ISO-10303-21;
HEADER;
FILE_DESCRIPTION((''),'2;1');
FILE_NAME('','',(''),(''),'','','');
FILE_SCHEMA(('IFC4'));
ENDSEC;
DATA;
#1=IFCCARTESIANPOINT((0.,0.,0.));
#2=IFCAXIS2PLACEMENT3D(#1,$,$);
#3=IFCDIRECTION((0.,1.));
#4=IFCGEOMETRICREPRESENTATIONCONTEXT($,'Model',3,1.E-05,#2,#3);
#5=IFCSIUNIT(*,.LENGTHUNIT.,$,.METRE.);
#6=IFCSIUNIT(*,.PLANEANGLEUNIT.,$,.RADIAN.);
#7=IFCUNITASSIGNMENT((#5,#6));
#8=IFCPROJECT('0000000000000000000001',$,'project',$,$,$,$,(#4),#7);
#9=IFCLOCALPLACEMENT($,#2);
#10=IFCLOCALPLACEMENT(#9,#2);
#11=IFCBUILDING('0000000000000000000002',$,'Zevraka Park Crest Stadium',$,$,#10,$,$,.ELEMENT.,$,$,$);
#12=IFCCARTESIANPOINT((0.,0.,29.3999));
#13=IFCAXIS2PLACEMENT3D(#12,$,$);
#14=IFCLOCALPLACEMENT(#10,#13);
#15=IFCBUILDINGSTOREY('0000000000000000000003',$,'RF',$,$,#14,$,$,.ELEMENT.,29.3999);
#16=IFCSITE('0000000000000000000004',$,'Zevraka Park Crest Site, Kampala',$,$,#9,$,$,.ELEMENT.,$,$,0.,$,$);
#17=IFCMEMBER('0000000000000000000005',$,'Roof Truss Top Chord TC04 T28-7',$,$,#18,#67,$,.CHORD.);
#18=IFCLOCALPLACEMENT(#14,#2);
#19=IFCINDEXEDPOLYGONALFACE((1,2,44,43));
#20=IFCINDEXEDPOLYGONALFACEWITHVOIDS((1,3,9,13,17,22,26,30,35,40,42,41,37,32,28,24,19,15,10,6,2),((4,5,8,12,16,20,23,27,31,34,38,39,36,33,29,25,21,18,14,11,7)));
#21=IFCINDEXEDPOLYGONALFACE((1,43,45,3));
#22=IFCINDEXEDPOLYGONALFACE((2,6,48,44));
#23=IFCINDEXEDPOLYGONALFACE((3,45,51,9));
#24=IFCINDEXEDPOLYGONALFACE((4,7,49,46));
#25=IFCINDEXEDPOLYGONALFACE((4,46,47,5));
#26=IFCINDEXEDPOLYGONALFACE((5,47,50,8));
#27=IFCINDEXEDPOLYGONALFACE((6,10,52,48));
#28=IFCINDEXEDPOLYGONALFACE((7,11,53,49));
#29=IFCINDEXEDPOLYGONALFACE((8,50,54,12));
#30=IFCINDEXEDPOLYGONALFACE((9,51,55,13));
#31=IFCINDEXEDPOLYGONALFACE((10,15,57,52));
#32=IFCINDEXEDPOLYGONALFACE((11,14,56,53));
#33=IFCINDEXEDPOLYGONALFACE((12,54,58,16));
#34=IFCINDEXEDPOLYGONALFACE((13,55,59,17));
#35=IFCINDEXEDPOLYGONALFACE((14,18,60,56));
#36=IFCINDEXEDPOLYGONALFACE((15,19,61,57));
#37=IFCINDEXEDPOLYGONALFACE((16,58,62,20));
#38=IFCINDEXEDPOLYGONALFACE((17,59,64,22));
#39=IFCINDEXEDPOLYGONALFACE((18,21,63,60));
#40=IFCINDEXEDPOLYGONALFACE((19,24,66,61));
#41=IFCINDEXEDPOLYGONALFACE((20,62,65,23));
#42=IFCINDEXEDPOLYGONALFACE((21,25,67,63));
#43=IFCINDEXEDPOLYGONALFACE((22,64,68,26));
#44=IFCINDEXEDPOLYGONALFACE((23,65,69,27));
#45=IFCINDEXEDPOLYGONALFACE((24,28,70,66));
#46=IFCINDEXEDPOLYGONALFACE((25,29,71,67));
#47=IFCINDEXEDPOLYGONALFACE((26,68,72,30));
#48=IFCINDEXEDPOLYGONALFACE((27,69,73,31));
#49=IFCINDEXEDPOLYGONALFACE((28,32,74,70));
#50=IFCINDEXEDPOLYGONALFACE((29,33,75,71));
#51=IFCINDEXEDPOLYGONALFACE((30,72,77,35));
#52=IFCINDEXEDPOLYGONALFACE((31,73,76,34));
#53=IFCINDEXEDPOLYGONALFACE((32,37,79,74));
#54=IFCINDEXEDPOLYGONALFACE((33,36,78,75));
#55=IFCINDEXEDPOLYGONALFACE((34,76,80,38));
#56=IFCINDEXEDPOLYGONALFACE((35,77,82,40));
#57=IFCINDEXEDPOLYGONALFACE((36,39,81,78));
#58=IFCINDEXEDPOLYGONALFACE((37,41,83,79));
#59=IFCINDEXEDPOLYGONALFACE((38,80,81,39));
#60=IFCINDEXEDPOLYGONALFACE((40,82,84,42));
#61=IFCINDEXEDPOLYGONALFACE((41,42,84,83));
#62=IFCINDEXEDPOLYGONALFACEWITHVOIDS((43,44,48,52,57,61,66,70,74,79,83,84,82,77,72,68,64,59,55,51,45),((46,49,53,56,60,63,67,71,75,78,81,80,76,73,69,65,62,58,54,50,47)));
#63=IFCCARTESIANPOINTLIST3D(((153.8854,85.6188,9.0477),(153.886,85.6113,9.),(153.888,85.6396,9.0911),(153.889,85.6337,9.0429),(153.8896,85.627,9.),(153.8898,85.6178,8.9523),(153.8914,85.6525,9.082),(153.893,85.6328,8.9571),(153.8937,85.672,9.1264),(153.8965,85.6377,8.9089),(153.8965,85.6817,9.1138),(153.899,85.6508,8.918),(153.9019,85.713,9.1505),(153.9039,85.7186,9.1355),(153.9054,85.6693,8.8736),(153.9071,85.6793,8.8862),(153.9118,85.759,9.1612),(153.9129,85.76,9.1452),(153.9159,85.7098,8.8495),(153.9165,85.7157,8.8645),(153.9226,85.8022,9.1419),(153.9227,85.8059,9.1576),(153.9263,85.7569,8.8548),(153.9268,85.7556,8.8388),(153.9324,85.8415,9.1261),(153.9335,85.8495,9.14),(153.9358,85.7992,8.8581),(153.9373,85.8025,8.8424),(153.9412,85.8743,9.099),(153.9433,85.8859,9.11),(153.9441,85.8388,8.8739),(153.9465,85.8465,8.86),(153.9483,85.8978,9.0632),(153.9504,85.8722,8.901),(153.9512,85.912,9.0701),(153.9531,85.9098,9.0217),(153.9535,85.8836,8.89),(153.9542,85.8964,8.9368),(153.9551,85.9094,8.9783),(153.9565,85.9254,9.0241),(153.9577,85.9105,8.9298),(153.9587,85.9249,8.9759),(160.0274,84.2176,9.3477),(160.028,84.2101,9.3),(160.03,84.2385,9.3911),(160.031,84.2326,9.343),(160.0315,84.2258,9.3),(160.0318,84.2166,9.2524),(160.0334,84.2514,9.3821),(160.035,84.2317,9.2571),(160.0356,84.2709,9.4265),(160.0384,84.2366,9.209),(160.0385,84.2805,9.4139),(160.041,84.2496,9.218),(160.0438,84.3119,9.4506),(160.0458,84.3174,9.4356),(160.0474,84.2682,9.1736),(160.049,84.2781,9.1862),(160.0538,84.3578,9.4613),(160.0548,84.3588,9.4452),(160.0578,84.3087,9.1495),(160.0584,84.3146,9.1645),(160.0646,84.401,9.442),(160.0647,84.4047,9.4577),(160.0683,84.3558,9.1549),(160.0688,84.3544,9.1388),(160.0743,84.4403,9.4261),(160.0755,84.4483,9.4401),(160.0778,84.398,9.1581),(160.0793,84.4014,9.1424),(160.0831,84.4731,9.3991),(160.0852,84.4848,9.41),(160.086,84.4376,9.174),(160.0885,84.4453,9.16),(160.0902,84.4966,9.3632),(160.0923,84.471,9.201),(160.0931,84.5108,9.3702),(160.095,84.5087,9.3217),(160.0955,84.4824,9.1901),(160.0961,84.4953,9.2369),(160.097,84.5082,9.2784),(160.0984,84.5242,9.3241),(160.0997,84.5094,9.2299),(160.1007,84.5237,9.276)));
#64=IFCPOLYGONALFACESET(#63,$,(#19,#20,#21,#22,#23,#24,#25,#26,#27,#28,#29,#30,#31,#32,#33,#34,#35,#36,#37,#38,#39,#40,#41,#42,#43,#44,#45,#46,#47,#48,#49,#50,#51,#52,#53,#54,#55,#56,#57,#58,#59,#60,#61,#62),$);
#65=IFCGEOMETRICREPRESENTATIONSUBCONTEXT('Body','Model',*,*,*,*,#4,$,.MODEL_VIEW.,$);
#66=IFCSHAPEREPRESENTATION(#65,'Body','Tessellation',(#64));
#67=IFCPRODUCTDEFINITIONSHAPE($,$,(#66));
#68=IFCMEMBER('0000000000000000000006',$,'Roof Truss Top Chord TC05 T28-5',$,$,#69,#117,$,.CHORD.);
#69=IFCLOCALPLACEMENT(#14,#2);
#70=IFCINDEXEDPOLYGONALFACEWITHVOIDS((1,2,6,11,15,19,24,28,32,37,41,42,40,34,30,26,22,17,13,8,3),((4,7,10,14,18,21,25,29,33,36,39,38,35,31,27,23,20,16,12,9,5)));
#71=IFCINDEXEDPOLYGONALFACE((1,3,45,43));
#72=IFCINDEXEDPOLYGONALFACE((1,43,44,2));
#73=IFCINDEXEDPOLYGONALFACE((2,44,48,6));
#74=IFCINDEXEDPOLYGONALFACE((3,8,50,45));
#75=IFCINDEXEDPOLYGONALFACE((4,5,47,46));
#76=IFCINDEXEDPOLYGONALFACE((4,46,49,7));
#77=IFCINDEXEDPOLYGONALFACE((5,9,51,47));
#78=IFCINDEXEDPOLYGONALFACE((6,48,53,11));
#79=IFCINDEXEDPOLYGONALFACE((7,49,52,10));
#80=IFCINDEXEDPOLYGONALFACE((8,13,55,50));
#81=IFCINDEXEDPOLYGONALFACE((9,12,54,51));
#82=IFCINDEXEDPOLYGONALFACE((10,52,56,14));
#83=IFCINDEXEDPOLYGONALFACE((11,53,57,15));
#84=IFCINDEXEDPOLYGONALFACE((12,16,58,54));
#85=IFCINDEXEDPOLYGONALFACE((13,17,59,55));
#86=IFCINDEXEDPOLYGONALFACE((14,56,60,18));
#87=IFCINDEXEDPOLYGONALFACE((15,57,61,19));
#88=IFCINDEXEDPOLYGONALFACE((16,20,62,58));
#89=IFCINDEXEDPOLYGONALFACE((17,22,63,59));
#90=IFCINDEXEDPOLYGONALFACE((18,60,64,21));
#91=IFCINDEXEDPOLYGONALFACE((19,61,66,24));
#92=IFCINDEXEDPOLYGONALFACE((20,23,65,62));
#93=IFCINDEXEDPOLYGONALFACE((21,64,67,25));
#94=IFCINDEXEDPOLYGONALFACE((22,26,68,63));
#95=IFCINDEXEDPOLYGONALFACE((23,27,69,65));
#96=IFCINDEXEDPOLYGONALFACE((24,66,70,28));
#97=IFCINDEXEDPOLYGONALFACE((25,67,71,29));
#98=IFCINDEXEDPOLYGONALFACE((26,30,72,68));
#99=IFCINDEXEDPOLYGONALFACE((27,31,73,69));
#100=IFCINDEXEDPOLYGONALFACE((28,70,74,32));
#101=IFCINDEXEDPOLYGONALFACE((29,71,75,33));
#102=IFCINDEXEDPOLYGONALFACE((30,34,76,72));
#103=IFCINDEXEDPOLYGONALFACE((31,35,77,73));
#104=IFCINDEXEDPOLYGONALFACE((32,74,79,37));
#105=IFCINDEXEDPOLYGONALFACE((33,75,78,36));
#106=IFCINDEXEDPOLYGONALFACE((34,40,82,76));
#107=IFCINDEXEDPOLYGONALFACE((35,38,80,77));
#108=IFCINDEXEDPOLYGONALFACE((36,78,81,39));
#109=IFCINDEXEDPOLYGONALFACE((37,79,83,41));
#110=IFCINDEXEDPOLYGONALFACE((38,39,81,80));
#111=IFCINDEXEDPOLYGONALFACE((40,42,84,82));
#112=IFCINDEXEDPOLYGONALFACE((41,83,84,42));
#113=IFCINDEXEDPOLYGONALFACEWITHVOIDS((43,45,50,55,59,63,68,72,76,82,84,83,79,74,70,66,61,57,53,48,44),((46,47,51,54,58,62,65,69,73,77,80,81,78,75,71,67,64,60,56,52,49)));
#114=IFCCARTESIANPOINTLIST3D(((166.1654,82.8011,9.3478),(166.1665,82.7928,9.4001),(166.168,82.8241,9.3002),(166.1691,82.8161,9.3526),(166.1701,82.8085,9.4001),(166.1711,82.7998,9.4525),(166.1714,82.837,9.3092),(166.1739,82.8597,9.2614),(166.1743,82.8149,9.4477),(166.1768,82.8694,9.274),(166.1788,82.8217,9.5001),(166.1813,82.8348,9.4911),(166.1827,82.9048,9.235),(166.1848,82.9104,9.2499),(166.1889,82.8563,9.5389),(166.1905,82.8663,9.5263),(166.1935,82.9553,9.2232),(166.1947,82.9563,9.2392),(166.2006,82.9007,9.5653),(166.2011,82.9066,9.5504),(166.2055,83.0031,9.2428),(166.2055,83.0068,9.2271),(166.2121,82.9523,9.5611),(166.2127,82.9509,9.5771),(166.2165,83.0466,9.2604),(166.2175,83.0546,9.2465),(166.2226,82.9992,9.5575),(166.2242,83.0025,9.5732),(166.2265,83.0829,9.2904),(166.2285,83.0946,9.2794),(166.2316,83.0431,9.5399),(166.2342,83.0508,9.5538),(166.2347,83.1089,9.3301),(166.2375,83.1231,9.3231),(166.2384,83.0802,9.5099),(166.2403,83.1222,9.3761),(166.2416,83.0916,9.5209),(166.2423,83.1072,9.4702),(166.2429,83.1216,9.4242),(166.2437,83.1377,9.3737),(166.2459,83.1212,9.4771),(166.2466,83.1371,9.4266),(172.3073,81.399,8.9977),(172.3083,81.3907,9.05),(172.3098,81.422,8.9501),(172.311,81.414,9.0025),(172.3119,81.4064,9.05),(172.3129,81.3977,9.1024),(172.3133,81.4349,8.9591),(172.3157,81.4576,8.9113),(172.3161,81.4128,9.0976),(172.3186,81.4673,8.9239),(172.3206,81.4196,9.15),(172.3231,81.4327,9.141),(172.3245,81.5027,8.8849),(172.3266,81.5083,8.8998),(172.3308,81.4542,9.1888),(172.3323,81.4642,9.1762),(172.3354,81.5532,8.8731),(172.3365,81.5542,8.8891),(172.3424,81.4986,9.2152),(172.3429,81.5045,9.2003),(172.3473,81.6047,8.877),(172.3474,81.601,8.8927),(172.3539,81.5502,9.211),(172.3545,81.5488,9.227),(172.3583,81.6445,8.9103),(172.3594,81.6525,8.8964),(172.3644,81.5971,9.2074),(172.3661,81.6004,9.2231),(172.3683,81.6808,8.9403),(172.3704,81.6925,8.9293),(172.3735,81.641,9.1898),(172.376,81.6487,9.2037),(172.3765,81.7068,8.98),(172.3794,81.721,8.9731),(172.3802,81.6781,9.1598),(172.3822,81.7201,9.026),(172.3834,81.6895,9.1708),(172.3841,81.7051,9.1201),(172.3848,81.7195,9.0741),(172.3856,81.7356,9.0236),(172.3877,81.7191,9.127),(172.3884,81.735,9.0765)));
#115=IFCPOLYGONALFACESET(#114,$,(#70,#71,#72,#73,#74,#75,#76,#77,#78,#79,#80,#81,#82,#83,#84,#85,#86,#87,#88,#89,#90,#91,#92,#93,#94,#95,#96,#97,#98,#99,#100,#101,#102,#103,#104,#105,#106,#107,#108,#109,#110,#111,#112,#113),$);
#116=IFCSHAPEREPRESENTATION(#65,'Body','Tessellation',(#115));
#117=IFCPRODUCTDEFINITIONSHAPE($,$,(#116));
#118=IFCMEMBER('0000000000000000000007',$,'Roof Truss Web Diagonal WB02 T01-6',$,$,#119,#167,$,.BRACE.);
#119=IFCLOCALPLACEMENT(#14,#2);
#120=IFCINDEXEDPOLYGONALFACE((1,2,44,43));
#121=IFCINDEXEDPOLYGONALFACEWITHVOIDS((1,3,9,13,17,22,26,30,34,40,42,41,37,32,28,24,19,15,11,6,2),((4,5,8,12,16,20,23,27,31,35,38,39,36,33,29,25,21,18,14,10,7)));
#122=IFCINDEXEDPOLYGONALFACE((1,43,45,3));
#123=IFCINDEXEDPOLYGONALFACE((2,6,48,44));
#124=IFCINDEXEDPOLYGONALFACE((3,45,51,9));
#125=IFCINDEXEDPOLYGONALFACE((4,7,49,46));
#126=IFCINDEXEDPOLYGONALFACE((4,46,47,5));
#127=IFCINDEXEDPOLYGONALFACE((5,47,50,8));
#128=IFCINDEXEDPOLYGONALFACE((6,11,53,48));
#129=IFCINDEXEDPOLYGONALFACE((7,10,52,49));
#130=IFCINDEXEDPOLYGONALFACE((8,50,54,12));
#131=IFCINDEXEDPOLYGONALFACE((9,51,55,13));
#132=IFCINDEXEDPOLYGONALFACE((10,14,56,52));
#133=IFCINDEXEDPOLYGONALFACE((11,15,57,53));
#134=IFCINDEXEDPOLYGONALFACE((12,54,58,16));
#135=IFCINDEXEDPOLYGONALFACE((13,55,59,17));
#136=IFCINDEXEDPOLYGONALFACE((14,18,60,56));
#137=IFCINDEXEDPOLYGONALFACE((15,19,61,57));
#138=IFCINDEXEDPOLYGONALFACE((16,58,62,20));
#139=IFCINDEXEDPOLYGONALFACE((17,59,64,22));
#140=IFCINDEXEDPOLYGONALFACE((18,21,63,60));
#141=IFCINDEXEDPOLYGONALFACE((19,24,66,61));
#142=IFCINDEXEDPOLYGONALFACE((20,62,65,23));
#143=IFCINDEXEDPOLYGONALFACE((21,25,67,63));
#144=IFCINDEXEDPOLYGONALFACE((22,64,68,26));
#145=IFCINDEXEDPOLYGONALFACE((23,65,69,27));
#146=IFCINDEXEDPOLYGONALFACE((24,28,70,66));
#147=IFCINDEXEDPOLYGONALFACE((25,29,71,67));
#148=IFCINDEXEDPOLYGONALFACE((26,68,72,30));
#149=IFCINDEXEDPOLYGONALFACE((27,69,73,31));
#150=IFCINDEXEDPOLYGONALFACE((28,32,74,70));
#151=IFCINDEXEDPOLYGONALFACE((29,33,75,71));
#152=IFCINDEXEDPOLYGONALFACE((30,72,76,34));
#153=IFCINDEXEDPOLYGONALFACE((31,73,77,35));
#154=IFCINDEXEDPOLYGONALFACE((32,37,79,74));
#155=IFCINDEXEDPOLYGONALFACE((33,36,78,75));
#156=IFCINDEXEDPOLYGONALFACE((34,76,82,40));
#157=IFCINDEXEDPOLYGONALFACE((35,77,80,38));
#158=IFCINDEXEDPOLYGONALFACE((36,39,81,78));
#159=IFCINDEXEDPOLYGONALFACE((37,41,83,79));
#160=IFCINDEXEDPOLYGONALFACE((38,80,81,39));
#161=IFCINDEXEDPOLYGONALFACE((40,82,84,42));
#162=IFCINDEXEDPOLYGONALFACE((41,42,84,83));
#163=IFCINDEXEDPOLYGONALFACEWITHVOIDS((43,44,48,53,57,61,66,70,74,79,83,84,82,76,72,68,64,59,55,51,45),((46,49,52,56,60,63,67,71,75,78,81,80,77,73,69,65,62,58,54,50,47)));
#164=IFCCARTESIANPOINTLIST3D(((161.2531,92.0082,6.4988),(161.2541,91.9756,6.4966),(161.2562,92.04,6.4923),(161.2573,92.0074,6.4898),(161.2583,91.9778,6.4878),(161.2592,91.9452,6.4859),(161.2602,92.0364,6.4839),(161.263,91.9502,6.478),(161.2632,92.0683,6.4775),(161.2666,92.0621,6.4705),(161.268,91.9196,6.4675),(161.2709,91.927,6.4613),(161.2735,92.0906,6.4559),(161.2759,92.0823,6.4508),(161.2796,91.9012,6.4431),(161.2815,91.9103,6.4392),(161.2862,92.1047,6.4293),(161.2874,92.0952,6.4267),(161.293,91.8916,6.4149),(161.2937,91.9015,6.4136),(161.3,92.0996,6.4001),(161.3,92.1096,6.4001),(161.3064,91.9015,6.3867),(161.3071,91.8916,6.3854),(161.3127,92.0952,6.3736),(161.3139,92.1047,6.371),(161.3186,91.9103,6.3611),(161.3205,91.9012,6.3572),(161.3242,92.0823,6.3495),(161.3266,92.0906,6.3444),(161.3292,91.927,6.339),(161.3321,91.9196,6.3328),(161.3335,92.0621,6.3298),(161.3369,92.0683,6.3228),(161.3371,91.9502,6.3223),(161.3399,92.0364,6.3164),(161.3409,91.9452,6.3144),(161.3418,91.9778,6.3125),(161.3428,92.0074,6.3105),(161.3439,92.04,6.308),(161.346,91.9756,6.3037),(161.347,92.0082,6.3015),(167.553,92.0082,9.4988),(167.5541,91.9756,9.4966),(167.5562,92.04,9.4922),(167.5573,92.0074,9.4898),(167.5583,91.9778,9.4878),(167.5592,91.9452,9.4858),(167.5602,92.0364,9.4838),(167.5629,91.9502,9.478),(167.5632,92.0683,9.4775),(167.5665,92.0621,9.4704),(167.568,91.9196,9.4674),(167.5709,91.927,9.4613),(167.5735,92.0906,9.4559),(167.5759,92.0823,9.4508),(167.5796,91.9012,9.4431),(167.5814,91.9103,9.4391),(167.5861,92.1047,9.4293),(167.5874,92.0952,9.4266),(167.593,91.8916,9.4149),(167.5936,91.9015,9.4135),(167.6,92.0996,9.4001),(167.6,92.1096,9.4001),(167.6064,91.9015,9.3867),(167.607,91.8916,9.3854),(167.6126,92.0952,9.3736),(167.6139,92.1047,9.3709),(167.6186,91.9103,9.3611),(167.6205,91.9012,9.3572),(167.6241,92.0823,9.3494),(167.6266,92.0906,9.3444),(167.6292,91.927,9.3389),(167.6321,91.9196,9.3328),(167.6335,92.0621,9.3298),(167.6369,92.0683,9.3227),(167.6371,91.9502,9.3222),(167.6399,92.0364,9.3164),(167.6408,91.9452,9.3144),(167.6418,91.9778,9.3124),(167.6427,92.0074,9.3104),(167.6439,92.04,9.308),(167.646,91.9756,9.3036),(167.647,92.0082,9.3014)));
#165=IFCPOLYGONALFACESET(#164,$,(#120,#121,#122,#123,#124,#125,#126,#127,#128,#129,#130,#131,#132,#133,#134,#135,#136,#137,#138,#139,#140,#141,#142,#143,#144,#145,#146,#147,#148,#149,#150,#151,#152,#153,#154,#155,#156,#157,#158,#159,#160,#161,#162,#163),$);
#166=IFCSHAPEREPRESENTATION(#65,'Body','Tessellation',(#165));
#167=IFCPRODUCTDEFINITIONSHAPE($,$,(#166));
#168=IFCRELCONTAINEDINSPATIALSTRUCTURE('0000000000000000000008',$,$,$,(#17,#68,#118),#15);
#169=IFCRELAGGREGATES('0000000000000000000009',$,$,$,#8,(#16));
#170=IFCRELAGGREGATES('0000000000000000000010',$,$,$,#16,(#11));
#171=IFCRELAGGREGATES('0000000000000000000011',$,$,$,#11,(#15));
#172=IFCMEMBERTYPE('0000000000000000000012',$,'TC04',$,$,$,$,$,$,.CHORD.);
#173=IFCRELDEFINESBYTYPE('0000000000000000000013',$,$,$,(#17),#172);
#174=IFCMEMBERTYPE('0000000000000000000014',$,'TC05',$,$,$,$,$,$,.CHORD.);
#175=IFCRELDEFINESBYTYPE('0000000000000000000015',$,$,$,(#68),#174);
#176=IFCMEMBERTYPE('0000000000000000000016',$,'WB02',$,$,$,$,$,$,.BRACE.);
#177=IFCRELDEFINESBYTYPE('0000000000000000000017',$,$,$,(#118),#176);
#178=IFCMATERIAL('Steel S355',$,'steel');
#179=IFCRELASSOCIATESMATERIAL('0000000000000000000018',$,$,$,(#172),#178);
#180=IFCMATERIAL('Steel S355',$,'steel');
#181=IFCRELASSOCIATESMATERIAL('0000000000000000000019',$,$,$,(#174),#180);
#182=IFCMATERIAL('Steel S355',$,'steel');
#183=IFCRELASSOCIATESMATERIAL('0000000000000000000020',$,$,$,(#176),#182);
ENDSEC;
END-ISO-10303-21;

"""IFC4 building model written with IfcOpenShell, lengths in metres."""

from ifc_helpers import new_model, si_unit, direction, frame, origin, origin_2d, place, context, subcontext, project, spatial, hollow_circle, extrude, material, material_profile, profile_set, type_object, element, save


model = new_model("IFC4")

# Units and contexts
model_context = context("Model", 3, precision=1e-05, world=origin(), true_north=direction((0.0, 1.0)))
body_context = subcontext(model_context, "Body", "Model", "MODEL_VIEW")
ifc_project = project(units=[si_unit("LENGTHUNIT", "METRE"), si_unit("PLANEANGLEUNIT", "RADIAN")], contexts=[model_context])

# Site, building, storey
site_placement = place(None, origin())
site = spatial("IfcSite", under=ifc_project, at=site_placement, Name="Zevraka Park Crest Site, Kampala", CompositionType="ELEMENT", RefElevation=0.0)
building_placement = place(site_placement, origin())
building = spatial("IfcBuilding", under=site, at=building_placement, Name="Zevraka Park Crest Stadium", CompositionType="ELEMENT")
storey_placement = place(building_placement, frame((0.0, 0.0, 29.3999)))
storey = spatial("IfcBuildingStorey", under=building, at=storey_placement, Name="RF", CompositionType="ELEMENT", Elevation=29.3999)

# Members
ifc_material_1 = material(Name="Steel S355", Category="steel")
ifc_material_profile_1 = material_profile(ifc_material_1, hollow_circle(Radius=0.1619, WallThickness=0.0161, at=origin_2d()), Name="CHS 323.9x16")
ifc_profile_set_1 = profile_set([ifc_material_profile_1], Name="Steel S355")
member_type_1 = type_object("IfcMemberType", Name="TC04", PredefinedType="CHORD", material=ifc_profile_set_1)
member_1_placement = place(storey_placement, frame((160.064, 84.3679, 9.3), z_axis=(-0.973848, 0.222161, -0.047576), x_axis=(-0.222413, -0.974952, 0.0)))
element("IfcMember", 1, at=member_1_placement, inside=storey, type_object=member_type_1, Name="Roof Truss Top Chord TC04 T28-7", PredefinedType="CHORD", context=body_context, shape_type="SweptSolid", body=[
    extrude(hollow_circle(Radius=0.1619, WallThickness=0.0161, at=origin_2d()), origin(), (0.0, 0.0, 1.0), 6.3069),
])
ifc_material_2 = material(Name="Steel S355", Category="steel")
ifc_material_profile_2 = material_profile(ifc_material_2, hollow_circle(Radius=0.1777, WallThickness=0.0161, at=origin_2d()), Name="CHS 355.6x16")
ifc_profile_set_2 = profile_set([ifc_material_profile_2], Name="Steel S355")
member_type_2 = type_object("IfcMemberType", Name="TC05", PredefinedType="CHORD", material=ifc_profile_set_2)
member_2_placement = place(storey_placement, frame((172.3479, 81.564, 9.05), z_axis=(-0.973417, 0.222218, 0.055487), x_axis=(-0.222561, -0.974919, 0.0)))
element("IfcMember", 2, at=member_2_placement, inside=storey, type_object=member_type_2, Name="Roof Truss Top Chord TC05 T28-5", PredefinedType="CHORD", context=body_context, shape_type="SweptSolid", body=[
    extrude(hollow_circle(Radius=0.1777, WallThickness=0.0161, at=origin_2d()), origin(), (0.0, 0.0, 1.0), 6.3096),
])
ifc_material_3 = material(Name="Steel S355", Category="steel")
ifc_material_profile_3 = material_profile(ifc_material_3, hollow_circle(Radius=0.1096, WallThickness=0.01, at=origin_2d()), Name="CHS 219.1x10")
ifc_profile_set_3 = profile_set([ifc_material_profile_3], Name="Steel S355")
member_type_3 = type_object("IfcMemberType", Name="WB02", PredefinedType="BRACE", material=ifc_profile_set_3)
member_3_placement = place(storey_placement, frame((161.3, 92.0, 6.4001), z_axis=(0.902862, 0.0, 0.429931), x_axis=(0.0, 1.0, 0.0)))
element("IfcMember", 3, at=member_3_placement, inside=storey, type_object=member_type_3, Name="Roof Truss Web Diagonal WB02 T01-6", PredefinedType="BRACE", context=body_context, shape_type="SweptSolid", body=[
    extrude(hollow_circle(Radius=0.1096, WallThickness=0.01, at=origin_2d()), origin(), (0.0, 0.0, 1.0), 6.9778),
])

save(model, "model.ifc")
